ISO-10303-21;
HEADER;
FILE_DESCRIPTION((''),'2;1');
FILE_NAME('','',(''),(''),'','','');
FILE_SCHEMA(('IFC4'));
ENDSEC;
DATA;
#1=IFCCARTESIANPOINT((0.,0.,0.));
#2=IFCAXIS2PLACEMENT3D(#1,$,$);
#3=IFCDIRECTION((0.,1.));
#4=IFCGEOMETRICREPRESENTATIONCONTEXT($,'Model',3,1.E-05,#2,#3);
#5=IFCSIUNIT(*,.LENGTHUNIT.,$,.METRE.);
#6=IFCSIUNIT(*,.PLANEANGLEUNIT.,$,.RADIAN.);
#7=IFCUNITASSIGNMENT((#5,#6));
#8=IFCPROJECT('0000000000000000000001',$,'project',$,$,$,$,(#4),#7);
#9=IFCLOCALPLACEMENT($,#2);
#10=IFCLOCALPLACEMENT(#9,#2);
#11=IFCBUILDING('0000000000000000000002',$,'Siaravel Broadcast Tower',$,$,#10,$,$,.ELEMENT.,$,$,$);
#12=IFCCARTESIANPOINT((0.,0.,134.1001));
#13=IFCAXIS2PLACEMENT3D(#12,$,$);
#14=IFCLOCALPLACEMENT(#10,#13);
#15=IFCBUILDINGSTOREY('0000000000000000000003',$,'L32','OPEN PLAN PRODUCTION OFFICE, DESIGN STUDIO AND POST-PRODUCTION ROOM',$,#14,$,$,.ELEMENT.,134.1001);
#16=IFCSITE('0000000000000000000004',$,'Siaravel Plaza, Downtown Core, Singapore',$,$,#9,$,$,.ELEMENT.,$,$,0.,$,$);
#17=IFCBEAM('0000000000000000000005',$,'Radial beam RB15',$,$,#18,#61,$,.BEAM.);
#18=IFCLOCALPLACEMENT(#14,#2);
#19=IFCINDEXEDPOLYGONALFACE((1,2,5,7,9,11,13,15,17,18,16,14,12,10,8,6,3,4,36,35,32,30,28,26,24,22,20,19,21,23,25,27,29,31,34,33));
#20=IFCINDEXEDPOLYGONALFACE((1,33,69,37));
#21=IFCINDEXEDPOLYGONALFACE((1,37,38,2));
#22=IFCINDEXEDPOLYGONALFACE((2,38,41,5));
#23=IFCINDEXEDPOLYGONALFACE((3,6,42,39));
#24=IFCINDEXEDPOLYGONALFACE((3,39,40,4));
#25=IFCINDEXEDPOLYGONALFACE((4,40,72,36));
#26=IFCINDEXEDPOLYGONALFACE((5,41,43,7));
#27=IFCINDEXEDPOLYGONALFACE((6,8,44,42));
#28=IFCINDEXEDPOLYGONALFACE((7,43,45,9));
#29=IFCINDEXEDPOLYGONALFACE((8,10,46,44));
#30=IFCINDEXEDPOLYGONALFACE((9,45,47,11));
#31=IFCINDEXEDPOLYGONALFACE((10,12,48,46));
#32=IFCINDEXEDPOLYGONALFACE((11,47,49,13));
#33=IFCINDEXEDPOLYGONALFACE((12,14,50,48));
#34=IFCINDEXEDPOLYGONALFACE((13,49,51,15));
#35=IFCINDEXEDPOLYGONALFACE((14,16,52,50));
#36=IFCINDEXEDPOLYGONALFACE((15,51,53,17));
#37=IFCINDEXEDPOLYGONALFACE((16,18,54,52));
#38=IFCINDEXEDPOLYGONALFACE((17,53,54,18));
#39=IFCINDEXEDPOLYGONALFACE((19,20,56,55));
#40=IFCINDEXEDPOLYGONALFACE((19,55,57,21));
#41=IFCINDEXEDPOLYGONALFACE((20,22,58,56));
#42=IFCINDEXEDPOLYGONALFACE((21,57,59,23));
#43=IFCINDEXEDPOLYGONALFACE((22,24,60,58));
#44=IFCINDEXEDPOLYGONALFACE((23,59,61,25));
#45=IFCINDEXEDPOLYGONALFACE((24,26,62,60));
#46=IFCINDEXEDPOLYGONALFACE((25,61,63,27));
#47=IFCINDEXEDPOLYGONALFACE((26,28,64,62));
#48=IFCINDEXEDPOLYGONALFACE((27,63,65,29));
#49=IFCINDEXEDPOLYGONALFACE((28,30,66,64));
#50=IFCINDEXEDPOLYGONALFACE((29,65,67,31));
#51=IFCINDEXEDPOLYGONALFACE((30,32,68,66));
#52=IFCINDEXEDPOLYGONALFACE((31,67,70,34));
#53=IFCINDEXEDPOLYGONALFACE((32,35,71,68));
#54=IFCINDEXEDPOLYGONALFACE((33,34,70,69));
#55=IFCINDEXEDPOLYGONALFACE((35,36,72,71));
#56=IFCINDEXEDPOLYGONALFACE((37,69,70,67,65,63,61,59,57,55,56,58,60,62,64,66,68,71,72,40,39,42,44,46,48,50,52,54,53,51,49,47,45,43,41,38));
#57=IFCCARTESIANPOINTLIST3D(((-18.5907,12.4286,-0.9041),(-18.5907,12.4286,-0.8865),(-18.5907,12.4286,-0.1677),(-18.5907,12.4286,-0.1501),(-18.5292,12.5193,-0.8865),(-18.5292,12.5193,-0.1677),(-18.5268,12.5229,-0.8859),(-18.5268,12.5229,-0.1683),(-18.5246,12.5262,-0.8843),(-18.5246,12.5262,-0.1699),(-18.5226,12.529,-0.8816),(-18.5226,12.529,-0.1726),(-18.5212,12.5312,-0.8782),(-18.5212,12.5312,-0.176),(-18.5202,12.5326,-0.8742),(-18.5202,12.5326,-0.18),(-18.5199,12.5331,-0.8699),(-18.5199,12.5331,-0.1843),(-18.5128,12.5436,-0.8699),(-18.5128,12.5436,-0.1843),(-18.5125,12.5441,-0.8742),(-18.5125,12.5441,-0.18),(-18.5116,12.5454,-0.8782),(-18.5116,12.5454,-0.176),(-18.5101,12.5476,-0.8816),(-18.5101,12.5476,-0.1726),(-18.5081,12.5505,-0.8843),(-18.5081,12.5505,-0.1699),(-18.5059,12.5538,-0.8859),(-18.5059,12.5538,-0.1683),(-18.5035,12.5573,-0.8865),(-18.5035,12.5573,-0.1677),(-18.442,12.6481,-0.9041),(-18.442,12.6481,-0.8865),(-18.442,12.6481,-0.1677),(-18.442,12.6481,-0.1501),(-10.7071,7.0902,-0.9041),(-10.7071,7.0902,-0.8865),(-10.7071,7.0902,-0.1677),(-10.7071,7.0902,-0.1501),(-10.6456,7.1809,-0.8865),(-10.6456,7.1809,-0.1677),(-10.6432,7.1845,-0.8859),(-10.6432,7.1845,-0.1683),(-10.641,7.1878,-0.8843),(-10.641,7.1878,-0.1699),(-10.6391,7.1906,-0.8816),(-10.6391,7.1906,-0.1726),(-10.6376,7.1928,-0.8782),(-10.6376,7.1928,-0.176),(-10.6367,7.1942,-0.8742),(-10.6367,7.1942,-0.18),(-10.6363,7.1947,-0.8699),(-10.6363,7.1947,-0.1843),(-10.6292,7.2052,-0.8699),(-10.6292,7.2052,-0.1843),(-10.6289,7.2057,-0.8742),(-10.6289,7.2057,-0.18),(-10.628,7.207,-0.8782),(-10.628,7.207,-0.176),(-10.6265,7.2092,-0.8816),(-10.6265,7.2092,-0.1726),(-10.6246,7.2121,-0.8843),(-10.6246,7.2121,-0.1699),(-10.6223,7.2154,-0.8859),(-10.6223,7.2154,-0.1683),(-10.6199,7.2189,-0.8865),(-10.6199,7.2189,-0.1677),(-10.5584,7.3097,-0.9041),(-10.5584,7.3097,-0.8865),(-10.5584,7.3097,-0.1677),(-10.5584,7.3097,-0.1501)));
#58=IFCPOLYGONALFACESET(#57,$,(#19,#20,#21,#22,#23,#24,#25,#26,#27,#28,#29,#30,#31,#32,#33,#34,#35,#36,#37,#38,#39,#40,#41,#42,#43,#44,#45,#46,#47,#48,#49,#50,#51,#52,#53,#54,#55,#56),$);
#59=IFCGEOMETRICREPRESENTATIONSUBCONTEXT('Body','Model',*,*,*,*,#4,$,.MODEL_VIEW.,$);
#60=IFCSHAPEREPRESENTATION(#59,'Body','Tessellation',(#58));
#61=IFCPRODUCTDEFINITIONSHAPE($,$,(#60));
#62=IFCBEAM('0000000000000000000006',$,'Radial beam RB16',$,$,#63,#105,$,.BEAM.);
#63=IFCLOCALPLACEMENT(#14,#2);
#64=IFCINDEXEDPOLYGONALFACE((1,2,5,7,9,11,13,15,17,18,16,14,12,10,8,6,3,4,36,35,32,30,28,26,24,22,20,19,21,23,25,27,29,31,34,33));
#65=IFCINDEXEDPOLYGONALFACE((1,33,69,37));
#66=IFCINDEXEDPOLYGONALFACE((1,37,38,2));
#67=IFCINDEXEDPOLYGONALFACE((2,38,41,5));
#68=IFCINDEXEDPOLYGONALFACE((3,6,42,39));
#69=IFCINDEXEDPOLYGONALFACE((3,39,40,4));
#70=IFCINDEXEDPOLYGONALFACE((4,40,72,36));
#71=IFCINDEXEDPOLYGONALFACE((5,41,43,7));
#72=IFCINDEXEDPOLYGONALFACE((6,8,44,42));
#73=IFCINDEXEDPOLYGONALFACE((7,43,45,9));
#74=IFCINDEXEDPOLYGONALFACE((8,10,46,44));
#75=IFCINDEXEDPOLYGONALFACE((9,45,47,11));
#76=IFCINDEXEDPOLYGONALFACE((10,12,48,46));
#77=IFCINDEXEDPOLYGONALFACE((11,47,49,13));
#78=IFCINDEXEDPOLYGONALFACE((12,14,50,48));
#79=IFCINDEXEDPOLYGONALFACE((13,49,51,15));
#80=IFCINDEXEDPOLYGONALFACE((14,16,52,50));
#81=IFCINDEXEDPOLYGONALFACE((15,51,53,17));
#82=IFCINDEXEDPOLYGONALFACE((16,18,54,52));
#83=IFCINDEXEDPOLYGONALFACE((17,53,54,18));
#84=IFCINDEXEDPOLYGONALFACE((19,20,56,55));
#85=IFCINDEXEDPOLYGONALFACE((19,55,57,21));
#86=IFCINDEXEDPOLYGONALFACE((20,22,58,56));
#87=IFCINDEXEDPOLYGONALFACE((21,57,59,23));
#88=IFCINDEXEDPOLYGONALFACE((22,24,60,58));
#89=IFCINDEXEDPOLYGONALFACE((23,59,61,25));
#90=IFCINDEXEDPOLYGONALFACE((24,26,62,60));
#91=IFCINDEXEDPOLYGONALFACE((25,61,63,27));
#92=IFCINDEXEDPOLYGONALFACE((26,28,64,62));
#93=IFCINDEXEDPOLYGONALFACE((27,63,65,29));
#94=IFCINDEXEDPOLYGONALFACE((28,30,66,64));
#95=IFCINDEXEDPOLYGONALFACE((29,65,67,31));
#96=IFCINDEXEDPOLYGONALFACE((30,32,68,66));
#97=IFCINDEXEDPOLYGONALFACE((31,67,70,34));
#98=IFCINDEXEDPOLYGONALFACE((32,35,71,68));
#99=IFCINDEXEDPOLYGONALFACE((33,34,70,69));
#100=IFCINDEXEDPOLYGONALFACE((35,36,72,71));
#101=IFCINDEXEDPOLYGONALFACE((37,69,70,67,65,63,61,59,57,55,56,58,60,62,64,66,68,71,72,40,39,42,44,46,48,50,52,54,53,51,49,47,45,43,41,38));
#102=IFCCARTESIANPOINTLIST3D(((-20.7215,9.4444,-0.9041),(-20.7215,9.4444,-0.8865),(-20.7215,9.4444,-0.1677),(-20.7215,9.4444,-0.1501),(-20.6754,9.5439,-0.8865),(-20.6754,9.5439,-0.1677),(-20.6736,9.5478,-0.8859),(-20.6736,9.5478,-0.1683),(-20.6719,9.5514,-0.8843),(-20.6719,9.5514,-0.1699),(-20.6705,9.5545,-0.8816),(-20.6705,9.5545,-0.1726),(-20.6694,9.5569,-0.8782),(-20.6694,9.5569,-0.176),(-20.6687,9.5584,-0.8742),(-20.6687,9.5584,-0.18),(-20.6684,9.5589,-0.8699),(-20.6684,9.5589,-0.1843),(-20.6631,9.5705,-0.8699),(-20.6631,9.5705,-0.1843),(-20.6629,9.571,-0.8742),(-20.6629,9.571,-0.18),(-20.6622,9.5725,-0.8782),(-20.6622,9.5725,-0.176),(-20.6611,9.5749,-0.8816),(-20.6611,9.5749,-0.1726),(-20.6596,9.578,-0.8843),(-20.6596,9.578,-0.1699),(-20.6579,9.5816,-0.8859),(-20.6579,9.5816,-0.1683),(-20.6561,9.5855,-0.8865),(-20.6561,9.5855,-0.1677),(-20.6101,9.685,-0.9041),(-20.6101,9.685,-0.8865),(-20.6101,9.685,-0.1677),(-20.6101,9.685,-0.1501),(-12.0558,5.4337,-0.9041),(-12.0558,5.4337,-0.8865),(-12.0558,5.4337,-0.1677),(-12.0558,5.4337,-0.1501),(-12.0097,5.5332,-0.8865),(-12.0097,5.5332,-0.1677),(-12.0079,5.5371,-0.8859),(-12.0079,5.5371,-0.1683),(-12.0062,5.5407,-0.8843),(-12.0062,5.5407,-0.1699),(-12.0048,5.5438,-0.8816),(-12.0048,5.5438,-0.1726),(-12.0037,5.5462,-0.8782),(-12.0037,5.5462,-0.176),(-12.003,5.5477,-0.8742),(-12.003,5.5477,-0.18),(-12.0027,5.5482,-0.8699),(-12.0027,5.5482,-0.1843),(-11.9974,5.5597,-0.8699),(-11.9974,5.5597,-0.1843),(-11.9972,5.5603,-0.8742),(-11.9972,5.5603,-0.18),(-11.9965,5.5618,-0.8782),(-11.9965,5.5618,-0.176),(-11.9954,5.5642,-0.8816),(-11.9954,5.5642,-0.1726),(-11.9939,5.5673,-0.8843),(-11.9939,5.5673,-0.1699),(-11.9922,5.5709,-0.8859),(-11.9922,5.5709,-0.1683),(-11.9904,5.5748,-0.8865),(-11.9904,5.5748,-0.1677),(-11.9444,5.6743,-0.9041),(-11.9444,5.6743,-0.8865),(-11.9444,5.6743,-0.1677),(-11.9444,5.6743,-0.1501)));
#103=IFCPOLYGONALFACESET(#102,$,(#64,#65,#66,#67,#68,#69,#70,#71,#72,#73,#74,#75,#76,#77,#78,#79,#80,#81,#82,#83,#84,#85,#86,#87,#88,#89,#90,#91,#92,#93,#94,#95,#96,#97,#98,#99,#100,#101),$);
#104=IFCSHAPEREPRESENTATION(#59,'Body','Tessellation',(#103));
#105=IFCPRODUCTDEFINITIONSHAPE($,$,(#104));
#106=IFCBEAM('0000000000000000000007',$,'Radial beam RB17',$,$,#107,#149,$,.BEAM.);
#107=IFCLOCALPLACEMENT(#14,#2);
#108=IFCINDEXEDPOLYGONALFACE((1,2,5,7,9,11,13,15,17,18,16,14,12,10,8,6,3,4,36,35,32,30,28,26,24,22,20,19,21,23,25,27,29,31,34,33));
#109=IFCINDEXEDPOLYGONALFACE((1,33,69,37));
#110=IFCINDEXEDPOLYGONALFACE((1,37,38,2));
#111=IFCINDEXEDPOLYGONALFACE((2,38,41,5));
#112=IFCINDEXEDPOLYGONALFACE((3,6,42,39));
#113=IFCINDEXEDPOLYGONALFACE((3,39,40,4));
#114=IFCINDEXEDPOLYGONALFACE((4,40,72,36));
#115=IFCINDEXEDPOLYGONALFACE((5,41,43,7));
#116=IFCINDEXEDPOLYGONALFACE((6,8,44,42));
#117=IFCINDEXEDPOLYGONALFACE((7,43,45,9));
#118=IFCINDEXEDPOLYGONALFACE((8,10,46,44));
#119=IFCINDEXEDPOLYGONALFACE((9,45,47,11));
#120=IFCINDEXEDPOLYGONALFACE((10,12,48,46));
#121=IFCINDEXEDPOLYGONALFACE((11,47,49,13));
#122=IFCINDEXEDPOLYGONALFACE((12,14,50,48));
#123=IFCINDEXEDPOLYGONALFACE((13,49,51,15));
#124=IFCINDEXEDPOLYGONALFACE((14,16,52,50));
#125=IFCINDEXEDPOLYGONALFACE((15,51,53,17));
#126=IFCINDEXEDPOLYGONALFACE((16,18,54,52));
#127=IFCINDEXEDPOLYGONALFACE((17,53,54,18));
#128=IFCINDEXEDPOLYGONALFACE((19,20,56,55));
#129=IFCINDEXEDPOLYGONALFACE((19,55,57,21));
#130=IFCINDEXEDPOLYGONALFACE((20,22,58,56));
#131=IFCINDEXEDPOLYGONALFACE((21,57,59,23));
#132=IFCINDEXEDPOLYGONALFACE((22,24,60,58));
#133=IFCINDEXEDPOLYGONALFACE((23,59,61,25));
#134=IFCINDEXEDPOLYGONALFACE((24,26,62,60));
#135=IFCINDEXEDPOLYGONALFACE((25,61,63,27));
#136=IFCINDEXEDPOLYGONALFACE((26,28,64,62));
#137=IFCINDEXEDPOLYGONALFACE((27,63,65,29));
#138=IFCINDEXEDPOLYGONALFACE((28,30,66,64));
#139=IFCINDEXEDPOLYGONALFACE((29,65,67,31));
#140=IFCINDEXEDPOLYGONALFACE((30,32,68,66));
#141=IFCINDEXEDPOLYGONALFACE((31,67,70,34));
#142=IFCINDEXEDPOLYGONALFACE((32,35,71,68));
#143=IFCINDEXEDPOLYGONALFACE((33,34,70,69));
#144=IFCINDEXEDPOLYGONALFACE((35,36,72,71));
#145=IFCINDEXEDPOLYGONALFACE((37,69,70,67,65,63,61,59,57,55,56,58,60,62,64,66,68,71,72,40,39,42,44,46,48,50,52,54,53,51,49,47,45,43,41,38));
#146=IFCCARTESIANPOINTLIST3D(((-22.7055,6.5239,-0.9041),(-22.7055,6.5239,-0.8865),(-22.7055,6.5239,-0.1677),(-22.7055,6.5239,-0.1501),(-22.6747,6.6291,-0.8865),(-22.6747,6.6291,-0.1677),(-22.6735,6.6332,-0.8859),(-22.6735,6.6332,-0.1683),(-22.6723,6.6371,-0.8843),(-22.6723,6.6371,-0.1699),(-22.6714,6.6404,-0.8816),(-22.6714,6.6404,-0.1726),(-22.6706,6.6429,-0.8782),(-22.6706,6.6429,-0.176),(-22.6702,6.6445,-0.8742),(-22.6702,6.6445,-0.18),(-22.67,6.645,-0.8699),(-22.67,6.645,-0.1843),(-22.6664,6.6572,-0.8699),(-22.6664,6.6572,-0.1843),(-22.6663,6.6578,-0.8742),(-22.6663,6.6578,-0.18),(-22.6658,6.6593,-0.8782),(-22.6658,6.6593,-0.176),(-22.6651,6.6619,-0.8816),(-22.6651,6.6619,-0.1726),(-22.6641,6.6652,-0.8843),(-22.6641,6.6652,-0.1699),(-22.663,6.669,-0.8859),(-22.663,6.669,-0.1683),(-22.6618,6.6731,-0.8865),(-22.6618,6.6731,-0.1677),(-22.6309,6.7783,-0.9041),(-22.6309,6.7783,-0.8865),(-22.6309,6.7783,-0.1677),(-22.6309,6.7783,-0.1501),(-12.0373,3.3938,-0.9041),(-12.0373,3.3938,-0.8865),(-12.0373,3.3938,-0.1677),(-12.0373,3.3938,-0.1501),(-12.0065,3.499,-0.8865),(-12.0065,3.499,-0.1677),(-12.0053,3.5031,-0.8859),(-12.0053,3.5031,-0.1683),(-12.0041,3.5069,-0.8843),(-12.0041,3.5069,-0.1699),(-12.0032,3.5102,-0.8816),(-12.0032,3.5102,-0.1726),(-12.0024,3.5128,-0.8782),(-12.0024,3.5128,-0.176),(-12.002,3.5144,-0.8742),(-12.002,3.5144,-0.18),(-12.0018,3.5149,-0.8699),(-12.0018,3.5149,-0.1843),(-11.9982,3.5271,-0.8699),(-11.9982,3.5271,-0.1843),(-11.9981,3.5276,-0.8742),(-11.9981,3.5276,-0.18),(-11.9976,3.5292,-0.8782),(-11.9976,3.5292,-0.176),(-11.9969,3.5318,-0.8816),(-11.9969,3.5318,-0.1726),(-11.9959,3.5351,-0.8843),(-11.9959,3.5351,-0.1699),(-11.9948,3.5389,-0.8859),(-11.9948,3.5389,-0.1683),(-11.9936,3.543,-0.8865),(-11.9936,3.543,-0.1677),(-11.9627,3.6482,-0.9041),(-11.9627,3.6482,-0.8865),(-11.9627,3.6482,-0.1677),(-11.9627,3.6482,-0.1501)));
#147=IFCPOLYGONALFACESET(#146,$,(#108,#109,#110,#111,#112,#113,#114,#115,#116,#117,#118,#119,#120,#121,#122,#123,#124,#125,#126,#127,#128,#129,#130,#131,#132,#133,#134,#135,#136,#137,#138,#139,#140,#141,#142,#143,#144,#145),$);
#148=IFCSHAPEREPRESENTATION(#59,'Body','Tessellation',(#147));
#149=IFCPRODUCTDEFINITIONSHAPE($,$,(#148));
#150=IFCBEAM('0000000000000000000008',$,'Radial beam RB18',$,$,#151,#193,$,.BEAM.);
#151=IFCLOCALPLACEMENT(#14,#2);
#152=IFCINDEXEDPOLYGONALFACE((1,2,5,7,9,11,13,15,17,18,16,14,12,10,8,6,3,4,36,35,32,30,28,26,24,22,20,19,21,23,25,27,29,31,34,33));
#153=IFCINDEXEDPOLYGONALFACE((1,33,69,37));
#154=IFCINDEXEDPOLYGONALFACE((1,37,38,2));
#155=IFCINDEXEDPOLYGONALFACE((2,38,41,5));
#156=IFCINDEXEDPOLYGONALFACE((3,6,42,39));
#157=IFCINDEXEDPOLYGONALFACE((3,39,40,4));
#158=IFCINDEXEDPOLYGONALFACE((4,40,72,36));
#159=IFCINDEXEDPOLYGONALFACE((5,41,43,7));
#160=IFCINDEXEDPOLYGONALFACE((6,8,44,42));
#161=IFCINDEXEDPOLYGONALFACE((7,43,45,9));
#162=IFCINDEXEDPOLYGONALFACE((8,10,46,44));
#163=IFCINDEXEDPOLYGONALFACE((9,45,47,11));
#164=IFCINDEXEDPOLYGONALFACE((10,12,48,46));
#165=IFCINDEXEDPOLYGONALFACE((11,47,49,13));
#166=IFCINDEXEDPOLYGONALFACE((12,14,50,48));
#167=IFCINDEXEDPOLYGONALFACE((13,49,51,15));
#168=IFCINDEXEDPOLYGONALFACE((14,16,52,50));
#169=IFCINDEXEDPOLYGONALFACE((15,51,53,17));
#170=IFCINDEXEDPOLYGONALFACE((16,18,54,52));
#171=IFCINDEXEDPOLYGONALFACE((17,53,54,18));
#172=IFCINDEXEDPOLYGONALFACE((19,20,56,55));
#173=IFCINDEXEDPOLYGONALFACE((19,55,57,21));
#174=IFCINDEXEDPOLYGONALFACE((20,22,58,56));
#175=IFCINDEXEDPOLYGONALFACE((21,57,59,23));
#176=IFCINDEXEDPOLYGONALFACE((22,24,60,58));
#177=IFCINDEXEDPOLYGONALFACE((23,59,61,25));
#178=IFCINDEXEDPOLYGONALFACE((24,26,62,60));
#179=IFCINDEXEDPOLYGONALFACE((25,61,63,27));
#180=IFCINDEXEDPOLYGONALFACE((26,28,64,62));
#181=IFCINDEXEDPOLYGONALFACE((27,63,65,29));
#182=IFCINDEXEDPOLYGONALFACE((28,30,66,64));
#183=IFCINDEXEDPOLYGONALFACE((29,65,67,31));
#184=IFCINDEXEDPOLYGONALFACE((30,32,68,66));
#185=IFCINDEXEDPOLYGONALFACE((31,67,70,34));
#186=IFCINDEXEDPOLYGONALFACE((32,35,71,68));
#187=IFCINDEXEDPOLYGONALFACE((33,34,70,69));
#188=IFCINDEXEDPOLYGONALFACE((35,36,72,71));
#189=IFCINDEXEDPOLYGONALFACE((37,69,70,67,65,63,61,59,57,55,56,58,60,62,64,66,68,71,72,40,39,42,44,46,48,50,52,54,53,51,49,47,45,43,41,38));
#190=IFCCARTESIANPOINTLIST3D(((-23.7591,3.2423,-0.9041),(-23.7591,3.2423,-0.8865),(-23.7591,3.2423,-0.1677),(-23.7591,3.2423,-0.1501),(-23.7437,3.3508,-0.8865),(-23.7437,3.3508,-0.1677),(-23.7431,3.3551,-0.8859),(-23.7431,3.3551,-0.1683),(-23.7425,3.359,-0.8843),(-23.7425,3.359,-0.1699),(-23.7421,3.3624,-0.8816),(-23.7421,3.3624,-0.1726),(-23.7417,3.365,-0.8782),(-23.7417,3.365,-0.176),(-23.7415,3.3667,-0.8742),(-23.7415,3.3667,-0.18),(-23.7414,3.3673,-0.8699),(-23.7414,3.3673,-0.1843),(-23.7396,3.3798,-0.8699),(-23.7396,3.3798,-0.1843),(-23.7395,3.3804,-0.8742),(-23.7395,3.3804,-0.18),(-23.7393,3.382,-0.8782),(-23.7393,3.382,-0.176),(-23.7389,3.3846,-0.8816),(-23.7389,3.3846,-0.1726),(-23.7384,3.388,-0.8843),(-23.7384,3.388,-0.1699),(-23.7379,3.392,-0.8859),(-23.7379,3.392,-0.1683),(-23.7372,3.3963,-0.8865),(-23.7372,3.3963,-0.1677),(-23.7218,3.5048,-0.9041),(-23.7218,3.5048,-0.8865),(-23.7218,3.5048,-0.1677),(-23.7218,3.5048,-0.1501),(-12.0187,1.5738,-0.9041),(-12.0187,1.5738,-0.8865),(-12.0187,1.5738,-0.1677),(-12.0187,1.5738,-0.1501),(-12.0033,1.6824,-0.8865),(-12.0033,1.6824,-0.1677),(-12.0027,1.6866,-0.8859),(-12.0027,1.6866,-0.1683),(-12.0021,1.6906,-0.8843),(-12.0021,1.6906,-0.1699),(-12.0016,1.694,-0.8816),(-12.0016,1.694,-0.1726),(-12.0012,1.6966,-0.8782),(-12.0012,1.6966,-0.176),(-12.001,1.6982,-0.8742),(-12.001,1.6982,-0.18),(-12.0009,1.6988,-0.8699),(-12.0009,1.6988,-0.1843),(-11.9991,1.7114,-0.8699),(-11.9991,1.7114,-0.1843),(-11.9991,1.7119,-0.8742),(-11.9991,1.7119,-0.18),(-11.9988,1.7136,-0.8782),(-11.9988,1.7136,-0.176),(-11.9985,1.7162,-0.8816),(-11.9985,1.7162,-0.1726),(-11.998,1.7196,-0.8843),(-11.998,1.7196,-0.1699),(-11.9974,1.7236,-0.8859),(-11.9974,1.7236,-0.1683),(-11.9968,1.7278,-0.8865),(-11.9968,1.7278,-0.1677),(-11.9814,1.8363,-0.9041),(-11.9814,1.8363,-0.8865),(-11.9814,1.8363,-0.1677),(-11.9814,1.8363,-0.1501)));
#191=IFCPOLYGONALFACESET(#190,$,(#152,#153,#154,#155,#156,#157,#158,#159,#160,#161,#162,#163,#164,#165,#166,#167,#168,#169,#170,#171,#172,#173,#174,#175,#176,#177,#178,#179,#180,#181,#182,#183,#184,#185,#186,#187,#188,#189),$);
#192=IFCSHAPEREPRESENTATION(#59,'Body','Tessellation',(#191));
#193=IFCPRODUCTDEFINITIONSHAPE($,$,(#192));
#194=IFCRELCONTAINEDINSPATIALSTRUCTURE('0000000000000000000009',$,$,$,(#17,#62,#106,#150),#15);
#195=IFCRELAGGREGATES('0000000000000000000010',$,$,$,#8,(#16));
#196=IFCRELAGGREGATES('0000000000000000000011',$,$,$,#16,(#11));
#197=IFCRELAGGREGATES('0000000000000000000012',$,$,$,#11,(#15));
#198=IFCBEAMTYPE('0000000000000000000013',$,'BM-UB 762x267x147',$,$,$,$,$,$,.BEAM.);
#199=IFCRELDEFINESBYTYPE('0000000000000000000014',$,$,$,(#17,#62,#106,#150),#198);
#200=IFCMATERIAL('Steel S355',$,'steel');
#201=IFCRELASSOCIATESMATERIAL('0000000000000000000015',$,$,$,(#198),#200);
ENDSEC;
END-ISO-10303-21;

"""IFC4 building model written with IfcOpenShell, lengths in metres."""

from ifc_helpers import new_model, si_unit, direction, frame, origin, origin_2d, place, context, subcontext, project, spatial, i_section, extrude, material, material_profile, profile_set, type_object, element, save


model = new_model("IFC4")

# Units and contexts
model_context = context("Model", 3, precision=1e-05, world=origin(), true_north=direction((0.0, 1.0)))
body_context = subcontext(model_context, "Body", "Model", "MODEL_VIEW")
ifc_project = project(units=[si_unit("LENGTHUNIT", "METRE"), si_unit("PLANEANGLEUNIT", "RADIAN")], contexts=[model_context])

# Site, building, storey
site_placement = place(None, origin())
site = spatial("IfcSite", under=ifc_project, at=site_placement, Name="Siaravel Plaza, Downtown Core, Singapore", CompositionType="ELEMENT", RefElevation=0.0)
building_placement = place(site_placement, origin())
building = spatial("IfcBuilding", under=site, at=building_placement, Name="Siaravel Broadcast Tower", CompositionType="ELEMENT")
storey_placement = place(building_placement, frame((0.0, 0.0, 134.1001)))
storey = spatial("IfcBuildingStorey", under=building, at=storey_placement, Name="L32", Description="OPEN PLAN PRODUCTION OFFICE, DESIGN STUDIO AND POST-PRODUCTION ROOM", CompositionType="ELEMENT", Elevation=134.1001)

# Beams
ifc_material_1 = material(Name="Steel S355", Category="steel")
ifc_material_profile_1 = material_profile(ifc_material_1, i_section(OverallWidth=0.2651, OverallDepth=0.7539, WebThickness=0.0127, FlangeThickness=0.0176, FilletRadius=0.0166, at=origin_2d()))
ifc_profile_set_1 = profile_set([ifc_material_profile_1], Name="Steel S355")
beam_type = type_object("IfcBeamType", Name="BM-UB 762x267x147", PredefinedType="BEAM", material=ifc_profile_set_1)
beam_1_placement = place(storey_placement, frame((-18.5164, 12.5383, -0.5271), z_axis=(0.82802, -0.560698, 0.0), x_axis=(0.560698, 0.82802, 0.0)))
element("IfcBeam", 1, at=beam_1_placement, inside=storey, type_object=beam_type, Name="Radial beam RB15", PredefinedType="BEAM", context=body_context, shape_type="SweptSolid", body=[
    extrude(i_section(OverallWidth=0.2651, OverallDepth=0.7539, WebThickness=0.0127, FlangeThickness=0.0176, FilletRadius=0.0166, at=origin_2d()), origin(), (0.0, 0.0, 1.0), 9.521),
])
beam_2_placement = place(storey_placement, frame((-20.6658, 9.5647, -0.5271), z_axis=(0.907514, -0.420021, 0.0), x_axis=(0.420021, 0.907514, 0.0)))
element("IfcBeam", 2, at=beam_2_placement, inside=storey, type_object=beam_type, Name="Radial beam RB16", PredefinedType="BEAM", context=body_context, shape_type="SweptSolid", body=[
    extrude(i_section(OverallWidth=0.2651, OverallDepth=0.7539, WebThickness=0.0127, FlangeThickness=0.0176, FilletRadius=0.0166, at=origin_2d()), origin(), (0.0, 0.0, 1.0), 9.5488),
])
beam_3_placement = place(storey_placement, frame((-22.6682, 6.6511, -0.5271), z_axis=(0.95955, -0.281539, 0.0), x_axis=(0.281539, 0.95955, 0.0)))
element("IfcBeam", 3, at=beam_3_placement, inside=storey, type_object=beam_type, Name="Radial beam RB17", PredefinedType="BEAM", context=body_context, shape_type="SweptSolid", body=[
    extrude(i_section(OverallWidth=0.2651, OverallDepth=0.7539, WebThickness=0.0127, FlangeThickness=0.0176, FilletRadius=0.0166, at=origin_2d()), origin(), (0.0, 0.0, 1.0), 11.1179),
])
beam_4_placement = place(storey_placement, frame((-23.7405, 3.3735, -0.5271), z_axis=(0.990053, -0.140698, 0.0), x_axis=(0.140698, 0.990053, 0.0)))
element("IfcBeam", 4, at=beam_4_placement, inside=storey, type_object=beam_type, Name="Radial beam RB18", PredefinedType="BEAM", context=body_context, shape_type="SweptSolid", body=[
    extrude(i_section(OverallWidth=0.2651, OverallDepth=0.7539, WebThickness=0.0127, FlangeThickness=0.0176, FilletRadius=0.0166, at=origin_2d()), origin(), (0.0, 0.0, 1.0), 11.8584),
])

save(model, "model.ifc")
